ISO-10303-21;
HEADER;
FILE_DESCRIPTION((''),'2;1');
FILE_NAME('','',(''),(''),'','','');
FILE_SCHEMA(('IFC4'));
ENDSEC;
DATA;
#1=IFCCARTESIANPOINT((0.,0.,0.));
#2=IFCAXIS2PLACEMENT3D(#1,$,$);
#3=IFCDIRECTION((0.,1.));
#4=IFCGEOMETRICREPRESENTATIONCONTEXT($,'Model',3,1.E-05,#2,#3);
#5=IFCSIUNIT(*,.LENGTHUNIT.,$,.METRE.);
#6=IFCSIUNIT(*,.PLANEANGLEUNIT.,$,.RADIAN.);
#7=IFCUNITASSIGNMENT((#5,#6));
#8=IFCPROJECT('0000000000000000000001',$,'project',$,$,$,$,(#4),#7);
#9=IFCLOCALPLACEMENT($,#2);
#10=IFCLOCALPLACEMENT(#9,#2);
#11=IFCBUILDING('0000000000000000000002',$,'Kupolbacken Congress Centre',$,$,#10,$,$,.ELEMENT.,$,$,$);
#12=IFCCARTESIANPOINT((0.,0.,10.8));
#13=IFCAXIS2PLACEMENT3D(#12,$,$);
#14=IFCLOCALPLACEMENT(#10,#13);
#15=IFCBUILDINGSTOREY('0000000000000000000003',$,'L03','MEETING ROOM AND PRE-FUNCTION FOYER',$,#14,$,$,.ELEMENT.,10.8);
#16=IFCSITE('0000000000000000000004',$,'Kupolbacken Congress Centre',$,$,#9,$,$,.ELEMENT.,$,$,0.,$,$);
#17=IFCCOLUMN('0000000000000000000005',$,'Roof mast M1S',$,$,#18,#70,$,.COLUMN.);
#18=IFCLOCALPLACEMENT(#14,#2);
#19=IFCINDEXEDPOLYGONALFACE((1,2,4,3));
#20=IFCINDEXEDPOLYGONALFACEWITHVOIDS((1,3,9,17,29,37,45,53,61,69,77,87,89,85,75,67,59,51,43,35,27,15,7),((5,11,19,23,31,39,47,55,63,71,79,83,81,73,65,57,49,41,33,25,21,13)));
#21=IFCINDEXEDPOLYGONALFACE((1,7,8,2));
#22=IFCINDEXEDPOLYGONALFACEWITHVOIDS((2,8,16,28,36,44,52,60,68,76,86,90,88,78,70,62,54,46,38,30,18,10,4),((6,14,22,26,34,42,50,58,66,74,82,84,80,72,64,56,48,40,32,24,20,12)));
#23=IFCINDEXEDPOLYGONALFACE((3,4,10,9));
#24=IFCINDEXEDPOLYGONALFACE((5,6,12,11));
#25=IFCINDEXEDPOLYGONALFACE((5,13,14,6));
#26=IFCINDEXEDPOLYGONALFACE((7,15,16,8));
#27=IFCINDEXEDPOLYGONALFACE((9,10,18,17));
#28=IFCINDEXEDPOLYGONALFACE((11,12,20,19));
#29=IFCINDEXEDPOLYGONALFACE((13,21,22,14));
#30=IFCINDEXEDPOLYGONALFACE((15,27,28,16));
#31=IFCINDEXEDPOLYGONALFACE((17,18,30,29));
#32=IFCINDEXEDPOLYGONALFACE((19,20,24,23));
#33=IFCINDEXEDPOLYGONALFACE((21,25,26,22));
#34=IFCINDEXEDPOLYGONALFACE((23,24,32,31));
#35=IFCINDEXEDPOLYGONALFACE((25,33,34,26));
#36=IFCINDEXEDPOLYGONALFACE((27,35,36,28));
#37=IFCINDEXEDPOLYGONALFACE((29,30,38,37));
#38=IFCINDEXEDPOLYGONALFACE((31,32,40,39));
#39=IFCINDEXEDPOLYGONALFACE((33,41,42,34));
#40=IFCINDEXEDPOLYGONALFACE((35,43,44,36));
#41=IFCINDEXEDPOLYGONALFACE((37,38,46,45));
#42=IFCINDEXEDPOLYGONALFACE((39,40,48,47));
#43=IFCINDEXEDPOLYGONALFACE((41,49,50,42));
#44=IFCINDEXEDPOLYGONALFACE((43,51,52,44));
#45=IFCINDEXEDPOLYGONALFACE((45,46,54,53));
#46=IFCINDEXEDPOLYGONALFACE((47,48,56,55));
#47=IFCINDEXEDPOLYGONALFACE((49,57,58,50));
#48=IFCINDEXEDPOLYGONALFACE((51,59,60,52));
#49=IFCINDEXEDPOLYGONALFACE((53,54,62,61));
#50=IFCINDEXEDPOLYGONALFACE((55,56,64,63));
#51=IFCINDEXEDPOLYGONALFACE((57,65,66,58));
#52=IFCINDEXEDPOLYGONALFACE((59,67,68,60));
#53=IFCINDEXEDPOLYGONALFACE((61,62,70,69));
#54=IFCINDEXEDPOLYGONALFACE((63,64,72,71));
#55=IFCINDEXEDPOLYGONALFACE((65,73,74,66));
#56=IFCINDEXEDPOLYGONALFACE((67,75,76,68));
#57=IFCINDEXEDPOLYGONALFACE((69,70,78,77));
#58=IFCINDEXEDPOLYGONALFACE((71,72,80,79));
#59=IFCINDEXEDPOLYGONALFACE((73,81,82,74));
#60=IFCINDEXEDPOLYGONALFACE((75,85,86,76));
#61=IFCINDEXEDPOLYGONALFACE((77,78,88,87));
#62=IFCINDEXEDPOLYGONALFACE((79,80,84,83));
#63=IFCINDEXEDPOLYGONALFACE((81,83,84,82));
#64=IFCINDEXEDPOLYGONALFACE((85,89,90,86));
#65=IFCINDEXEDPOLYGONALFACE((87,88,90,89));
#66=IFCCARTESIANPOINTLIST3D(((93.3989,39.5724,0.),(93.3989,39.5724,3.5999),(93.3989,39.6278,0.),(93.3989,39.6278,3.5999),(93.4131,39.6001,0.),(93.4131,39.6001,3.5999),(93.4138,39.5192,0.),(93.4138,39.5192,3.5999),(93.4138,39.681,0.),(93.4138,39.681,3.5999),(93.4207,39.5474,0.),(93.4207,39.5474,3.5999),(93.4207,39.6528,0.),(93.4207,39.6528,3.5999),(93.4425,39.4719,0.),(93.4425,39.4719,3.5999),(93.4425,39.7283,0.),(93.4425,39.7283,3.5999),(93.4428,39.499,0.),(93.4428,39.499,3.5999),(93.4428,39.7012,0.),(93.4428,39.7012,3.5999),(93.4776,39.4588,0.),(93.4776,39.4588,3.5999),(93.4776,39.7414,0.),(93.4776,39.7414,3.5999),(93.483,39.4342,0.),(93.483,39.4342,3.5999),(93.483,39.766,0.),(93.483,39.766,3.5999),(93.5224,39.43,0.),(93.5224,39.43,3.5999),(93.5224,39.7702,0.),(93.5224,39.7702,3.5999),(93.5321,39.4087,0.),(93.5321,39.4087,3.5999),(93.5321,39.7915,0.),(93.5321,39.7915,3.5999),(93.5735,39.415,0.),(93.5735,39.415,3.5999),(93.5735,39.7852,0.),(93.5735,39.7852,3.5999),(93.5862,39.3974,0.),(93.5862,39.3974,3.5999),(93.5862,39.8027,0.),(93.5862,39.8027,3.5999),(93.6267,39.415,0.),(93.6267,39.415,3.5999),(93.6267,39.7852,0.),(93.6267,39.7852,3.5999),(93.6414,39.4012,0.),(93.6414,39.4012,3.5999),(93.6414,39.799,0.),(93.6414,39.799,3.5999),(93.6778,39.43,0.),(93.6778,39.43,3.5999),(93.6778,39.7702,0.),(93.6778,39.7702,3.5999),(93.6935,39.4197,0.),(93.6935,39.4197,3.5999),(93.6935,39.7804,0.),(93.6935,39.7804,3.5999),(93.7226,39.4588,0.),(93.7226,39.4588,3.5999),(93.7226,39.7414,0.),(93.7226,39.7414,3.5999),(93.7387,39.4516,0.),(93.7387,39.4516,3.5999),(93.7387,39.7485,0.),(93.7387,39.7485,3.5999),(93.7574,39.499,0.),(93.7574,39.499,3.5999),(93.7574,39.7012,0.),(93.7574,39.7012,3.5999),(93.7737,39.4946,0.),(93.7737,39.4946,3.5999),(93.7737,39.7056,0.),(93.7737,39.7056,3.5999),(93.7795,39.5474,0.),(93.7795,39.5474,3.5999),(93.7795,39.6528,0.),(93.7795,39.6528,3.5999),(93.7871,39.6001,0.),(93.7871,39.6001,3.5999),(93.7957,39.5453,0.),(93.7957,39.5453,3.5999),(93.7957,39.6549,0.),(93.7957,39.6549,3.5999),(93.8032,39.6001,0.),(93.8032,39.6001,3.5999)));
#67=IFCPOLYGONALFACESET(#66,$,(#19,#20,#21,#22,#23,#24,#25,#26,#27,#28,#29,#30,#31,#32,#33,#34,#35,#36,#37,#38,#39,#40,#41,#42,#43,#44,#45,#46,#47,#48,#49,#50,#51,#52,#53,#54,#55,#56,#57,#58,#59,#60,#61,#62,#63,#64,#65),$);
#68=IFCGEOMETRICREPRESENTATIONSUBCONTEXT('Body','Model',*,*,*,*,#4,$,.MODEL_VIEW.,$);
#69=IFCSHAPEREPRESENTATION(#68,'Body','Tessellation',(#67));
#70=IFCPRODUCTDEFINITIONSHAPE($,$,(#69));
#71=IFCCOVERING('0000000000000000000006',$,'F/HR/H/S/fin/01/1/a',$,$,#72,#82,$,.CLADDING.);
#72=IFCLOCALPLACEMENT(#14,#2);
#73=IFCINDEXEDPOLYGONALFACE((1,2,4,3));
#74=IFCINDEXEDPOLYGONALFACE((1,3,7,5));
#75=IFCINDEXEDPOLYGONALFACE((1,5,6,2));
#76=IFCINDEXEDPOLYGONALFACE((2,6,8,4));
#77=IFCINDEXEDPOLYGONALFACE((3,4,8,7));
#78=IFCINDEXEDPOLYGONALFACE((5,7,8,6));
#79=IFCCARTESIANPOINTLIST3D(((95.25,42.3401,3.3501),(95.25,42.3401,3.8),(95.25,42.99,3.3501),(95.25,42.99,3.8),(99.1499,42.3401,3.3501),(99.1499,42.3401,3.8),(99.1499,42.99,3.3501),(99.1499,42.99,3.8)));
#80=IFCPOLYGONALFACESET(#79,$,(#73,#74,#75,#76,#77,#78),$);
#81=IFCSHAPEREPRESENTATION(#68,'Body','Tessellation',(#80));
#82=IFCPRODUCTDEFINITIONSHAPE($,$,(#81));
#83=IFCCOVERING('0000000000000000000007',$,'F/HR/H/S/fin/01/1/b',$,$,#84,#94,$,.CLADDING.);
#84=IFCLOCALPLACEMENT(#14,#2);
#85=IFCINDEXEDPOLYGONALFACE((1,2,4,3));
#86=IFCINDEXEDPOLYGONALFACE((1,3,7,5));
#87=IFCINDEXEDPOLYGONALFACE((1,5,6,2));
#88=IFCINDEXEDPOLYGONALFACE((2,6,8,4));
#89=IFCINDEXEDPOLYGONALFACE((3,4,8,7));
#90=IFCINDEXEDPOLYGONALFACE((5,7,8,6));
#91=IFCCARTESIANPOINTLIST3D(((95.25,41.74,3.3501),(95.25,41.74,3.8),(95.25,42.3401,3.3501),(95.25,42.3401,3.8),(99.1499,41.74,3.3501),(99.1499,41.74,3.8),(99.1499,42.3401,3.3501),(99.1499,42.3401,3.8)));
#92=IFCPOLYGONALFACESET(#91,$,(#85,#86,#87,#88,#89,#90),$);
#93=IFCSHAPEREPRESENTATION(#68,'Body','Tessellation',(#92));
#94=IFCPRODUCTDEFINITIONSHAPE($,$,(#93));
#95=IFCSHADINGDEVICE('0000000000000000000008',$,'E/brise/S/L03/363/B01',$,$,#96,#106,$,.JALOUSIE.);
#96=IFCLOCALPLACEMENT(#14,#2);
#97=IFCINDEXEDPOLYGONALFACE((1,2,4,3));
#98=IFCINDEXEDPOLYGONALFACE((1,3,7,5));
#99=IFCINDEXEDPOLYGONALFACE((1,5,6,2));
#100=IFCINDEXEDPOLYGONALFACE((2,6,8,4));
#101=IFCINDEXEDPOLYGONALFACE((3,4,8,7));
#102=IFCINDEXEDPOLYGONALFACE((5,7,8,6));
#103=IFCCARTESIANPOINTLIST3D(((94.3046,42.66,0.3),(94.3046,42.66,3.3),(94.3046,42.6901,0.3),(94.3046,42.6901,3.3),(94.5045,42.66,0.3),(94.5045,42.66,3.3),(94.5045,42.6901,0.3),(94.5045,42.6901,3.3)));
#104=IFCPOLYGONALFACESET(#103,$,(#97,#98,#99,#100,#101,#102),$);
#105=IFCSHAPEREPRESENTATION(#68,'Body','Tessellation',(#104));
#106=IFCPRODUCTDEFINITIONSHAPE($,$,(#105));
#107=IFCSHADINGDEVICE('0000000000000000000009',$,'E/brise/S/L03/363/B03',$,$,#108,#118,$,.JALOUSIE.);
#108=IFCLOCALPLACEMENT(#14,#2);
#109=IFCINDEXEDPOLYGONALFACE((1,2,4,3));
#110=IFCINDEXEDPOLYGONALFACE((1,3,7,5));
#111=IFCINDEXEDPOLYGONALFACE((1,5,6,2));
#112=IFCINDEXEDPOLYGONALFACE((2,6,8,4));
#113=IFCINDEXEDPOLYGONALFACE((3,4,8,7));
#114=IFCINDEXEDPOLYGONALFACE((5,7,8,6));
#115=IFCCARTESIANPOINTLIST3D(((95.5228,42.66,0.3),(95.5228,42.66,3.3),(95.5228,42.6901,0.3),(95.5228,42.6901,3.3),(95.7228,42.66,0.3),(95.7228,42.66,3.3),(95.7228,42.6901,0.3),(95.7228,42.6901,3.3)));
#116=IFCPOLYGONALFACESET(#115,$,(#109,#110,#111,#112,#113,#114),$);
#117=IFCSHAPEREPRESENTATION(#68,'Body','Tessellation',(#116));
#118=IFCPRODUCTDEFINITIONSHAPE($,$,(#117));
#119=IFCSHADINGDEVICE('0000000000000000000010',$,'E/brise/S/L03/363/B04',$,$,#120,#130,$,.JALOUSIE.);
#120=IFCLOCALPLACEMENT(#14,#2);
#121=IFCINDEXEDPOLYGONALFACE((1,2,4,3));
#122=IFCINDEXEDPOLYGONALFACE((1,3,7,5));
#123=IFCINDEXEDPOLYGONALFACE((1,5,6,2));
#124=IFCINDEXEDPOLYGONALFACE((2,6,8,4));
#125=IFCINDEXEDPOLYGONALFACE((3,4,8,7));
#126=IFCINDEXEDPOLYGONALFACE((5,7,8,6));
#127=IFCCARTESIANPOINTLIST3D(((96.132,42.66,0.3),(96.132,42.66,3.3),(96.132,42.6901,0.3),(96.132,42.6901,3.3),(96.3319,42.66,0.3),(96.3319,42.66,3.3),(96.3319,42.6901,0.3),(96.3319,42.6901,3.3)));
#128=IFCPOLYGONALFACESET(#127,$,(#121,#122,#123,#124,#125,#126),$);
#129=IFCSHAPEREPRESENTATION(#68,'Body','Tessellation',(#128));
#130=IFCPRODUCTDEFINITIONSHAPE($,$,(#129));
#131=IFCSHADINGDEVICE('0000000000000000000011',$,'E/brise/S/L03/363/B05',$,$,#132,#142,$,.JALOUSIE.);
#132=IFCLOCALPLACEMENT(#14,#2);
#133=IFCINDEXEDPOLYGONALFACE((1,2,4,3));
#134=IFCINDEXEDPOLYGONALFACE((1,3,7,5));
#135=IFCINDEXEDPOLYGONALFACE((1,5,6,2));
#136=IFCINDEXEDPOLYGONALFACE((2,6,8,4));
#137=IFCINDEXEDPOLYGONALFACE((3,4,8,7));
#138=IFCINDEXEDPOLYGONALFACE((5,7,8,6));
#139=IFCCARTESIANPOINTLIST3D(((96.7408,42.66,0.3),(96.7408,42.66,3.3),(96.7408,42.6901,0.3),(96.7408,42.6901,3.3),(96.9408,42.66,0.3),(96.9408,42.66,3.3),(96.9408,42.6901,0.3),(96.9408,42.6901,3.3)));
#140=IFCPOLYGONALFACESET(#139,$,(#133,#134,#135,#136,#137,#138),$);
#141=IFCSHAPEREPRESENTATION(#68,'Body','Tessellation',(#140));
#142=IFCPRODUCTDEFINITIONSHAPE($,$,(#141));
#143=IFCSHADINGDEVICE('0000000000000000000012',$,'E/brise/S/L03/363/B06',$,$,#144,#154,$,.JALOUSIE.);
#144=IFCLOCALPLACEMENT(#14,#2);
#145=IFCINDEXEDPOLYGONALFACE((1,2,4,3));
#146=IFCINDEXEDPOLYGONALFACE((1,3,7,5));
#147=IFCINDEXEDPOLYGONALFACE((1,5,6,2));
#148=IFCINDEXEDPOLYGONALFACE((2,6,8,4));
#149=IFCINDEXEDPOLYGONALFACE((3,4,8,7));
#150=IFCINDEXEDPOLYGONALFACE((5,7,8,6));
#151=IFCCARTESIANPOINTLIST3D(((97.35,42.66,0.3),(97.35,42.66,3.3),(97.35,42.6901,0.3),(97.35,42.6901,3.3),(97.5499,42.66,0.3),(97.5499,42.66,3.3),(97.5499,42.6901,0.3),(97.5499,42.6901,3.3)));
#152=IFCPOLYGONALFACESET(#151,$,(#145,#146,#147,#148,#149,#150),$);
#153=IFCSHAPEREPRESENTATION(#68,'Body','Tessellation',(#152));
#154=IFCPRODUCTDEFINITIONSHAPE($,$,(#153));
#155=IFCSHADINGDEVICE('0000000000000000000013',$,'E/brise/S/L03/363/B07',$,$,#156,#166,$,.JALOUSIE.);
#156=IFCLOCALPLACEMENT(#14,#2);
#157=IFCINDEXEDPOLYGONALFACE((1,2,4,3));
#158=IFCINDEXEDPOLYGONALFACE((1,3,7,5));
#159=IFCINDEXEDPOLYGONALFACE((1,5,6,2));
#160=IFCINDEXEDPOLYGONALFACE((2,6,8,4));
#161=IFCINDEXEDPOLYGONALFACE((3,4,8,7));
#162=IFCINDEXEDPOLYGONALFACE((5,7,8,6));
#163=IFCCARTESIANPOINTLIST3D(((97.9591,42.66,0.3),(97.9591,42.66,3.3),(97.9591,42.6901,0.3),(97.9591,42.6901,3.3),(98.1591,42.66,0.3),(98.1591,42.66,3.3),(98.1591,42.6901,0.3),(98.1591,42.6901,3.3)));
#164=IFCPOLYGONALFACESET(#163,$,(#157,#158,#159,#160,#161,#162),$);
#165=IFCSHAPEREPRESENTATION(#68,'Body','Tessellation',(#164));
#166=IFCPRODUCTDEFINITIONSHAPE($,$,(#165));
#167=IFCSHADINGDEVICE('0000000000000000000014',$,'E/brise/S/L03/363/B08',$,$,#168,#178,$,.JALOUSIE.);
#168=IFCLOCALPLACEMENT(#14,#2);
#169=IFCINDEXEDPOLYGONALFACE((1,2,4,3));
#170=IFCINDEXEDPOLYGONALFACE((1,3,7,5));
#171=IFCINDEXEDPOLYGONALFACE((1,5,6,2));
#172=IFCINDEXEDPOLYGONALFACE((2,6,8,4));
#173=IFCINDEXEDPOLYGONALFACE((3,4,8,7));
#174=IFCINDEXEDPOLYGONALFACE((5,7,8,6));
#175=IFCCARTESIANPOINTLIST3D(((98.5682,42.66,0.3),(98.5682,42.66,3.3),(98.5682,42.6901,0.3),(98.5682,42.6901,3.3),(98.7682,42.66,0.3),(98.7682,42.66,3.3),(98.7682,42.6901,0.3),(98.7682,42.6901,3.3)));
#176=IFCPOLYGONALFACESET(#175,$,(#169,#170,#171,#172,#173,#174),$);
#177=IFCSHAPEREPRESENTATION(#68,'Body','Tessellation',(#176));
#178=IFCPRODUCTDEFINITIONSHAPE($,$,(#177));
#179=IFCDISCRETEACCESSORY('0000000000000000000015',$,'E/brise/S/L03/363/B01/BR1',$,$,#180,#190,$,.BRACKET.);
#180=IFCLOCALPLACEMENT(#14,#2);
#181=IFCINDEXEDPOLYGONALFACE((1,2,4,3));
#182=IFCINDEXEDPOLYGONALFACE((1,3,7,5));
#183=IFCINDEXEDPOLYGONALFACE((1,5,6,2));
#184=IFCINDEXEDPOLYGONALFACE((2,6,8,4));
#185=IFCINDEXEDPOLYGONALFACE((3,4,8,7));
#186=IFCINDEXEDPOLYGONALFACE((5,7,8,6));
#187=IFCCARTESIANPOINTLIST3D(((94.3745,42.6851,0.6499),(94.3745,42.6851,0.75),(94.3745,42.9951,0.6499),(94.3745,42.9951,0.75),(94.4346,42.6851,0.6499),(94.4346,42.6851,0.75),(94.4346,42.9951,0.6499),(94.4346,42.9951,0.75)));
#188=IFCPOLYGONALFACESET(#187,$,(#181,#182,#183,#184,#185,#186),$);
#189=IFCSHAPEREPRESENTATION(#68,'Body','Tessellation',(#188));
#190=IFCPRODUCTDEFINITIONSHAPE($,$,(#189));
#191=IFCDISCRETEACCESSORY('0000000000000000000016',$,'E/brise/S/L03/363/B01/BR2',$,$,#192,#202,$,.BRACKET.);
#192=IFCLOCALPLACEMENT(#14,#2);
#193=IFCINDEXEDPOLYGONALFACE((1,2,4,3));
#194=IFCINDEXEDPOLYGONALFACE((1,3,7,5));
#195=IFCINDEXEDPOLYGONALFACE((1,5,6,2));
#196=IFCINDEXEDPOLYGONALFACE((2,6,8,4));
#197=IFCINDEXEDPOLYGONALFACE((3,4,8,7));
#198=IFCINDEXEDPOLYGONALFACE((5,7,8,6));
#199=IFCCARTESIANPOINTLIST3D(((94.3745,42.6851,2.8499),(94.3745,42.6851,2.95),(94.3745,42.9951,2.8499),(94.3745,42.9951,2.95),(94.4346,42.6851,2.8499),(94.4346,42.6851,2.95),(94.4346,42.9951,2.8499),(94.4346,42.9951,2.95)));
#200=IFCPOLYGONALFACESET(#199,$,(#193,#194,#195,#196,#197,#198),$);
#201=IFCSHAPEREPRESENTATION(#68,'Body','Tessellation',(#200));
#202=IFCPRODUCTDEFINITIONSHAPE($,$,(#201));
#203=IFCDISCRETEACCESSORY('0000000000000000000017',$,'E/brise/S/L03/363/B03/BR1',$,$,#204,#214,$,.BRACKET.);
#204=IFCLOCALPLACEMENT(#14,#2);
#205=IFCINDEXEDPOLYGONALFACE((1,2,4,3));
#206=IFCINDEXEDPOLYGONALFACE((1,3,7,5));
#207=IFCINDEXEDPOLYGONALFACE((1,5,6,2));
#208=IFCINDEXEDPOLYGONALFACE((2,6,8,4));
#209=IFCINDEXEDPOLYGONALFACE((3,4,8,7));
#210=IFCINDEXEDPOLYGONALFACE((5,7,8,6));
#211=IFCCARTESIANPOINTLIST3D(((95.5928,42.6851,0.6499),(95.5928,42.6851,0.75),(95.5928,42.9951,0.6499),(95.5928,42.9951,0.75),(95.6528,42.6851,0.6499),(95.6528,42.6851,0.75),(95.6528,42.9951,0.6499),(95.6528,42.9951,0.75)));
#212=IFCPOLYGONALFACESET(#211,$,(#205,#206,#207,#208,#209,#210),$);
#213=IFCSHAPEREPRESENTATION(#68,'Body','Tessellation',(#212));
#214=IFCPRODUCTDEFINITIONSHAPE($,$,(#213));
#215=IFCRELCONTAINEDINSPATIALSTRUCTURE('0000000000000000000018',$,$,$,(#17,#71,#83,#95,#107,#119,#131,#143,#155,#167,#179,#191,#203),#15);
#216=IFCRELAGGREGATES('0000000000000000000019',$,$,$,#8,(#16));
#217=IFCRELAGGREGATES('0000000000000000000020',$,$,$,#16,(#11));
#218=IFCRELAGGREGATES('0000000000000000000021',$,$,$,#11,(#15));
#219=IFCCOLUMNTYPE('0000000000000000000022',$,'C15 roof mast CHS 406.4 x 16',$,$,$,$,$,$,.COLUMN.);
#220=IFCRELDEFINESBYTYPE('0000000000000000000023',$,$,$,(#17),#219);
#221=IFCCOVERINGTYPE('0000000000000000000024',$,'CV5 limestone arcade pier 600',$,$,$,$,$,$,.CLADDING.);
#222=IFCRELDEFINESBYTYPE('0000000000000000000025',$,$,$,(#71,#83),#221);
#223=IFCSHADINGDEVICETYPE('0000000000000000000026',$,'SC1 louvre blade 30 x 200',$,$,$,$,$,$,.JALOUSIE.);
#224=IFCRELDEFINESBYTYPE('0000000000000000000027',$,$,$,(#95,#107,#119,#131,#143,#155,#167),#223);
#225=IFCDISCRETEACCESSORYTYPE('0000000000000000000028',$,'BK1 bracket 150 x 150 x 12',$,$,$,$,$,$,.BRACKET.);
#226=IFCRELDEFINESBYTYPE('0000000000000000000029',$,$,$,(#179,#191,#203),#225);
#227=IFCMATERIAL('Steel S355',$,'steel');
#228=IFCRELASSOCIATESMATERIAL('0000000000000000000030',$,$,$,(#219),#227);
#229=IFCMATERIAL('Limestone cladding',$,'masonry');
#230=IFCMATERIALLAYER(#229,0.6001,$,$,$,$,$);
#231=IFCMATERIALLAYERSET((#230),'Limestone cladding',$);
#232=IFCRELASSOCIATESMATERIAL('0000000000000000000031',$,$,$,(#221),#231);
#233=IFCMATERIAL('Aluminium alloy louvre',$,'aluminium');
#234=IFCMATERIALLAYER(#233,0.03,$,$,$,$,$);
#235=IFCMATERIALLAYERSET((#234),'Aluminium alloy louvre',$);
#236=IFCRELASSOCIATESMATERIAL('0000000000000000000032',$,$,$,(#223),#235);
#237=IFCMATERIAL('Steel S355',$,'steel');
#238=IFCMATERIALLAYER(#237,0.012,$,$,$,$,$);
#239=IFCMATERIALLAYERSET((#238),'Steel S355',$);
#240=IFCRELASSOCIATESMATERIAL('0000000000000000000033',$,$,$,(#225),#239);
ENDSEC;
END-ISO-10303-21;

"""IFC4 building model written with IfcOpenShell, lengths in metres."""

from ifc_helpers import new_model, si_unit, direction, frame, origin, origin_2d, place, context, subcontext, project, spatial, rectangle, hollow_circle, extrude, material, layer, layer_set, material_profile, profile_set, type_object, element, save


model = new_model("IFC4")

# Units and contexts
model_context = context("Model", 3, precision=1e-05, world=origin(), true_north=direction((0.0, 1.0)))
body_context = subcontext(model_context, "Body", "Model", "MODEL_VIEW")
ifc_project = project(units=[si_unit("LENGTHUNIT", "METRE"), si_unit("PLANEANGLEUNIT", "RADIAN")], contexts=[model_context])

# Site, building, storey
site_placement = place(None, origin())
site = spatial("IfcSite", under=ifc_project, at=site_placement, Name="Kupolbacken Congress Centre", CompositionType="ELEMENT", RefElevation=0.0)
building_placement = place(site_placement, origin())
building = spatial("IfcBuilding", under=site, at=building_placement, Name="Kupolbacken Congress Centre", CompositionType="ELEMENT")
storey_placement = place(building_placement, frame((0.0, 0.0, 10.8)))
storey = spatial("IfcBuildingStorey", under=building, at=storey_placement, Name="L03", Description="MEETING ROOM AND PRE-FUNCTION FOYER", CompositionType="ELEMENT", Elevation=10.8)

# Column
ifc_material_1 = material(Name="Steel S355", Category="steel")
ifc_material_profile = material_profile(ifc_material_1, hollow_circle(Radius=0.2031, WallThickness=0.0161, at=origin_2d()), Name="CHS 406.4 x 16")
ifc_profile_set = profile_set([ifc_material_profile], Name="Steel S355")
column_type = type_object("IfcColumnType", Name="C15 roof mast CHS 406.4 x 16", PredefinedType="COLUMN", material=ifc_profile_set)
column_placement = place(storey_placement, frame((93.6001, 39.6001, 0.0), z_axis=(0.0, 0.0, 1.0), x_axis=(1.0, 0.0, 0.0)))
element("IfcColumn", 1, at=column_placement, inside=storey, type_object=column_type, Name="Roof mast M1S", PredefinedType="COLUMN", context=body_context, shape_type="SweptSolid", body=[
    extrude(hollow_circle(Radius=0.2031, WallThickness=0.0161, at=origin_2d()), origin(), (0.0, 0.0, 1.0), 3.5999),
])

# Coverings
ifc_material_2 = material(Name="Limestone cladding", Category="masonry")
ifc_layer_1 = layer(ifc_material_2, 0.6001)
ifc_layer_set_1 = layer_set([ifc_layer_1], Name="Limestone cladding")
covering_type = type_object("IfcCoveringType", Name="CV5 limestone arcade pier 600", PredefinedType="CLADDING", material=ifc_layer_set_1)
covering_1_placement = place(storey_placement, frame((97.2, 42.665, 3.3501), z_axis=(0.0, 0.0, 1.0), x_axis=(1.0, 0.0, 0.0)))
element("IfcCovering", 2, at=covering_1_placement, inside=storey, type_object=covering_type, Name="F/HR/H/S/fin/01/1/a", PredefinedType="CLADDING", context=body_context, shape_type="SweptSolid", body=[
    extrude(rectangle(XDim=3.8999, YDim=0.6499, at=origin_2d()), origin(), (0.0, 0.0, 1.0), 0.45),
])
covering_2_placement = place(storey_placement, frame((97.2, 42.04, 3.3501), z_axis=(0.0, 0.0, 1.0), x_axis=(1.0, 0.0, 0.0)))
element("IfcCovering", 3, at=covering_2_placement, inside=storey, type_object=covering_type, Name="F/HR/H/S/fin/01/1/b", PredefinedType="CLADDING", context=body_context, shape_type="SweptSolid", body=[
    extrude(rectangle(XDim=3.8999, YDim=0.6001, at=origin_2d()), origin(), (0.0, 0.0, 1.0), 0.45),
])

# Shading devices
ifc_material_3 = material(Name="Aluminium alloy louvre", Category="aluminium")
ifc_layer_2 = layer(ifc_material_3, 0.03)
ifc_layer_set_2 = layer_set([ifc_layer_2], Name="Aluminium alloy louvre")
shading_device_type = type_object("IfcShadingDeviceType", Name="SC1 louvre blade 30 x 200", PredefinedType="JALOUSIE", material=ifc_layer_set_2)
for number, where, z_axis, x_axis, name in (
    (4, (94.4045, 42.675, 0.3), (0.0, 0.0, 1.0), (1.0, 0.0, 0.0), "E/brise/S/L03/363/B01"),
    (5, (95.6228, 42.675, 0.3), (0.0, 0.0, 1.0), (1.0, 0.0, 0.0), "E/brise/S/L03/363/B03"),
    (6, (96.2319, 42.675, 0.3), (0.0, 0.0, 1.0), (1.0, 0.0, 0.0), "E/brise/S/L03/363/B04"),
    (7, (96.8408, 42.675, 0.3), (0.0, 0.0, 1.0), (1.0, 0.0, 0.0), "E/brise/S/L03/363/B05"),
    (8, (97.45, 42.675, 0.3), (0.0, 0.0, 1.0), (1.0, 0.0, 0.0), "E/brise/S/L03/363/B06"),
    (9, (98.0591, 42.675, 0.3), (0.0, 0.0, 1.0), (1.0, 0.0, 0.0), "E/brise/S/L03/363/B07"),
    (10, (98.6682, 42.675, 0.3), (0.0, 0.0, 1.0), (1.0, 0.0, 0.0), "E/brise/S/L03/363/B08"),
):
    element("IfcShadingDevice", number, at=place(storey_placement, frame(where, z_axis=z_axis, x_axis=x_axis)), inside=storey, type_object=shading_device_type, Name=name, PredefinedType="JALOUSIE", context=body_context, shape_type="SweptSolid", body=[
        extrude(rectangle(XDim=0.2, YDim=0.03, at=origin_2d()), origin(), (0.0, 0.0, 1.0), 3.0),
    ])

# Discrete accessories
ifc_material_4 = material(Name="Steel S355", Category="steel")
ifc_layer_3 = layer(ifc_material_4, 0.012)
ifc_layer_set_3 = layer_set([ifc_layer_3], Name="Steel S355")
discrete_accessory_type = type_object("IfcDiscreteAccessoryType", Name="BK1 bracket 150 x 150 x 12", PredefinedType="BRACKET", material=ifc_layer_set_3)
for number, where, z_axis, x_axis, name in (
    (11, (94.4045, 42.8401, 0.6499), (0.0, 0.0, 1.0), (1.0, 0.0, 0.0), "E/brise/S/L03/363/B01/BR1"),
    (12, (94.4045, 42.8401, 2.8499), (0.0, 0.0, 1.0), (1.0, 0.0, 0.0), "E/brise/S/L03/363/B01/BR2"),
    (13, (95.6228, 42.8401, 0.6499), (0.0, 0.0, 1.0), (1.0, 0.0, 0.0), "E/brise/S/L03/363/B03/BR1"),
):
    element("IfcDiscreteAccessory", number, at=place(storey_placement, frame(where, z_axis=z_axis, x_axis=x_axis)), inside=storey, type_object=discrete_accessory_type, Name=name, PredefinedType="BRACKET", context=body_context, shape_type="SweptSolid", body=[
        extrude(rectangle(XDim=0.0601, YDim=0.3101, at=origin_2d()), origin(), (0.0, 0.0, 1.0), 0.1001),
    ])

save(model, "model.ifc")
